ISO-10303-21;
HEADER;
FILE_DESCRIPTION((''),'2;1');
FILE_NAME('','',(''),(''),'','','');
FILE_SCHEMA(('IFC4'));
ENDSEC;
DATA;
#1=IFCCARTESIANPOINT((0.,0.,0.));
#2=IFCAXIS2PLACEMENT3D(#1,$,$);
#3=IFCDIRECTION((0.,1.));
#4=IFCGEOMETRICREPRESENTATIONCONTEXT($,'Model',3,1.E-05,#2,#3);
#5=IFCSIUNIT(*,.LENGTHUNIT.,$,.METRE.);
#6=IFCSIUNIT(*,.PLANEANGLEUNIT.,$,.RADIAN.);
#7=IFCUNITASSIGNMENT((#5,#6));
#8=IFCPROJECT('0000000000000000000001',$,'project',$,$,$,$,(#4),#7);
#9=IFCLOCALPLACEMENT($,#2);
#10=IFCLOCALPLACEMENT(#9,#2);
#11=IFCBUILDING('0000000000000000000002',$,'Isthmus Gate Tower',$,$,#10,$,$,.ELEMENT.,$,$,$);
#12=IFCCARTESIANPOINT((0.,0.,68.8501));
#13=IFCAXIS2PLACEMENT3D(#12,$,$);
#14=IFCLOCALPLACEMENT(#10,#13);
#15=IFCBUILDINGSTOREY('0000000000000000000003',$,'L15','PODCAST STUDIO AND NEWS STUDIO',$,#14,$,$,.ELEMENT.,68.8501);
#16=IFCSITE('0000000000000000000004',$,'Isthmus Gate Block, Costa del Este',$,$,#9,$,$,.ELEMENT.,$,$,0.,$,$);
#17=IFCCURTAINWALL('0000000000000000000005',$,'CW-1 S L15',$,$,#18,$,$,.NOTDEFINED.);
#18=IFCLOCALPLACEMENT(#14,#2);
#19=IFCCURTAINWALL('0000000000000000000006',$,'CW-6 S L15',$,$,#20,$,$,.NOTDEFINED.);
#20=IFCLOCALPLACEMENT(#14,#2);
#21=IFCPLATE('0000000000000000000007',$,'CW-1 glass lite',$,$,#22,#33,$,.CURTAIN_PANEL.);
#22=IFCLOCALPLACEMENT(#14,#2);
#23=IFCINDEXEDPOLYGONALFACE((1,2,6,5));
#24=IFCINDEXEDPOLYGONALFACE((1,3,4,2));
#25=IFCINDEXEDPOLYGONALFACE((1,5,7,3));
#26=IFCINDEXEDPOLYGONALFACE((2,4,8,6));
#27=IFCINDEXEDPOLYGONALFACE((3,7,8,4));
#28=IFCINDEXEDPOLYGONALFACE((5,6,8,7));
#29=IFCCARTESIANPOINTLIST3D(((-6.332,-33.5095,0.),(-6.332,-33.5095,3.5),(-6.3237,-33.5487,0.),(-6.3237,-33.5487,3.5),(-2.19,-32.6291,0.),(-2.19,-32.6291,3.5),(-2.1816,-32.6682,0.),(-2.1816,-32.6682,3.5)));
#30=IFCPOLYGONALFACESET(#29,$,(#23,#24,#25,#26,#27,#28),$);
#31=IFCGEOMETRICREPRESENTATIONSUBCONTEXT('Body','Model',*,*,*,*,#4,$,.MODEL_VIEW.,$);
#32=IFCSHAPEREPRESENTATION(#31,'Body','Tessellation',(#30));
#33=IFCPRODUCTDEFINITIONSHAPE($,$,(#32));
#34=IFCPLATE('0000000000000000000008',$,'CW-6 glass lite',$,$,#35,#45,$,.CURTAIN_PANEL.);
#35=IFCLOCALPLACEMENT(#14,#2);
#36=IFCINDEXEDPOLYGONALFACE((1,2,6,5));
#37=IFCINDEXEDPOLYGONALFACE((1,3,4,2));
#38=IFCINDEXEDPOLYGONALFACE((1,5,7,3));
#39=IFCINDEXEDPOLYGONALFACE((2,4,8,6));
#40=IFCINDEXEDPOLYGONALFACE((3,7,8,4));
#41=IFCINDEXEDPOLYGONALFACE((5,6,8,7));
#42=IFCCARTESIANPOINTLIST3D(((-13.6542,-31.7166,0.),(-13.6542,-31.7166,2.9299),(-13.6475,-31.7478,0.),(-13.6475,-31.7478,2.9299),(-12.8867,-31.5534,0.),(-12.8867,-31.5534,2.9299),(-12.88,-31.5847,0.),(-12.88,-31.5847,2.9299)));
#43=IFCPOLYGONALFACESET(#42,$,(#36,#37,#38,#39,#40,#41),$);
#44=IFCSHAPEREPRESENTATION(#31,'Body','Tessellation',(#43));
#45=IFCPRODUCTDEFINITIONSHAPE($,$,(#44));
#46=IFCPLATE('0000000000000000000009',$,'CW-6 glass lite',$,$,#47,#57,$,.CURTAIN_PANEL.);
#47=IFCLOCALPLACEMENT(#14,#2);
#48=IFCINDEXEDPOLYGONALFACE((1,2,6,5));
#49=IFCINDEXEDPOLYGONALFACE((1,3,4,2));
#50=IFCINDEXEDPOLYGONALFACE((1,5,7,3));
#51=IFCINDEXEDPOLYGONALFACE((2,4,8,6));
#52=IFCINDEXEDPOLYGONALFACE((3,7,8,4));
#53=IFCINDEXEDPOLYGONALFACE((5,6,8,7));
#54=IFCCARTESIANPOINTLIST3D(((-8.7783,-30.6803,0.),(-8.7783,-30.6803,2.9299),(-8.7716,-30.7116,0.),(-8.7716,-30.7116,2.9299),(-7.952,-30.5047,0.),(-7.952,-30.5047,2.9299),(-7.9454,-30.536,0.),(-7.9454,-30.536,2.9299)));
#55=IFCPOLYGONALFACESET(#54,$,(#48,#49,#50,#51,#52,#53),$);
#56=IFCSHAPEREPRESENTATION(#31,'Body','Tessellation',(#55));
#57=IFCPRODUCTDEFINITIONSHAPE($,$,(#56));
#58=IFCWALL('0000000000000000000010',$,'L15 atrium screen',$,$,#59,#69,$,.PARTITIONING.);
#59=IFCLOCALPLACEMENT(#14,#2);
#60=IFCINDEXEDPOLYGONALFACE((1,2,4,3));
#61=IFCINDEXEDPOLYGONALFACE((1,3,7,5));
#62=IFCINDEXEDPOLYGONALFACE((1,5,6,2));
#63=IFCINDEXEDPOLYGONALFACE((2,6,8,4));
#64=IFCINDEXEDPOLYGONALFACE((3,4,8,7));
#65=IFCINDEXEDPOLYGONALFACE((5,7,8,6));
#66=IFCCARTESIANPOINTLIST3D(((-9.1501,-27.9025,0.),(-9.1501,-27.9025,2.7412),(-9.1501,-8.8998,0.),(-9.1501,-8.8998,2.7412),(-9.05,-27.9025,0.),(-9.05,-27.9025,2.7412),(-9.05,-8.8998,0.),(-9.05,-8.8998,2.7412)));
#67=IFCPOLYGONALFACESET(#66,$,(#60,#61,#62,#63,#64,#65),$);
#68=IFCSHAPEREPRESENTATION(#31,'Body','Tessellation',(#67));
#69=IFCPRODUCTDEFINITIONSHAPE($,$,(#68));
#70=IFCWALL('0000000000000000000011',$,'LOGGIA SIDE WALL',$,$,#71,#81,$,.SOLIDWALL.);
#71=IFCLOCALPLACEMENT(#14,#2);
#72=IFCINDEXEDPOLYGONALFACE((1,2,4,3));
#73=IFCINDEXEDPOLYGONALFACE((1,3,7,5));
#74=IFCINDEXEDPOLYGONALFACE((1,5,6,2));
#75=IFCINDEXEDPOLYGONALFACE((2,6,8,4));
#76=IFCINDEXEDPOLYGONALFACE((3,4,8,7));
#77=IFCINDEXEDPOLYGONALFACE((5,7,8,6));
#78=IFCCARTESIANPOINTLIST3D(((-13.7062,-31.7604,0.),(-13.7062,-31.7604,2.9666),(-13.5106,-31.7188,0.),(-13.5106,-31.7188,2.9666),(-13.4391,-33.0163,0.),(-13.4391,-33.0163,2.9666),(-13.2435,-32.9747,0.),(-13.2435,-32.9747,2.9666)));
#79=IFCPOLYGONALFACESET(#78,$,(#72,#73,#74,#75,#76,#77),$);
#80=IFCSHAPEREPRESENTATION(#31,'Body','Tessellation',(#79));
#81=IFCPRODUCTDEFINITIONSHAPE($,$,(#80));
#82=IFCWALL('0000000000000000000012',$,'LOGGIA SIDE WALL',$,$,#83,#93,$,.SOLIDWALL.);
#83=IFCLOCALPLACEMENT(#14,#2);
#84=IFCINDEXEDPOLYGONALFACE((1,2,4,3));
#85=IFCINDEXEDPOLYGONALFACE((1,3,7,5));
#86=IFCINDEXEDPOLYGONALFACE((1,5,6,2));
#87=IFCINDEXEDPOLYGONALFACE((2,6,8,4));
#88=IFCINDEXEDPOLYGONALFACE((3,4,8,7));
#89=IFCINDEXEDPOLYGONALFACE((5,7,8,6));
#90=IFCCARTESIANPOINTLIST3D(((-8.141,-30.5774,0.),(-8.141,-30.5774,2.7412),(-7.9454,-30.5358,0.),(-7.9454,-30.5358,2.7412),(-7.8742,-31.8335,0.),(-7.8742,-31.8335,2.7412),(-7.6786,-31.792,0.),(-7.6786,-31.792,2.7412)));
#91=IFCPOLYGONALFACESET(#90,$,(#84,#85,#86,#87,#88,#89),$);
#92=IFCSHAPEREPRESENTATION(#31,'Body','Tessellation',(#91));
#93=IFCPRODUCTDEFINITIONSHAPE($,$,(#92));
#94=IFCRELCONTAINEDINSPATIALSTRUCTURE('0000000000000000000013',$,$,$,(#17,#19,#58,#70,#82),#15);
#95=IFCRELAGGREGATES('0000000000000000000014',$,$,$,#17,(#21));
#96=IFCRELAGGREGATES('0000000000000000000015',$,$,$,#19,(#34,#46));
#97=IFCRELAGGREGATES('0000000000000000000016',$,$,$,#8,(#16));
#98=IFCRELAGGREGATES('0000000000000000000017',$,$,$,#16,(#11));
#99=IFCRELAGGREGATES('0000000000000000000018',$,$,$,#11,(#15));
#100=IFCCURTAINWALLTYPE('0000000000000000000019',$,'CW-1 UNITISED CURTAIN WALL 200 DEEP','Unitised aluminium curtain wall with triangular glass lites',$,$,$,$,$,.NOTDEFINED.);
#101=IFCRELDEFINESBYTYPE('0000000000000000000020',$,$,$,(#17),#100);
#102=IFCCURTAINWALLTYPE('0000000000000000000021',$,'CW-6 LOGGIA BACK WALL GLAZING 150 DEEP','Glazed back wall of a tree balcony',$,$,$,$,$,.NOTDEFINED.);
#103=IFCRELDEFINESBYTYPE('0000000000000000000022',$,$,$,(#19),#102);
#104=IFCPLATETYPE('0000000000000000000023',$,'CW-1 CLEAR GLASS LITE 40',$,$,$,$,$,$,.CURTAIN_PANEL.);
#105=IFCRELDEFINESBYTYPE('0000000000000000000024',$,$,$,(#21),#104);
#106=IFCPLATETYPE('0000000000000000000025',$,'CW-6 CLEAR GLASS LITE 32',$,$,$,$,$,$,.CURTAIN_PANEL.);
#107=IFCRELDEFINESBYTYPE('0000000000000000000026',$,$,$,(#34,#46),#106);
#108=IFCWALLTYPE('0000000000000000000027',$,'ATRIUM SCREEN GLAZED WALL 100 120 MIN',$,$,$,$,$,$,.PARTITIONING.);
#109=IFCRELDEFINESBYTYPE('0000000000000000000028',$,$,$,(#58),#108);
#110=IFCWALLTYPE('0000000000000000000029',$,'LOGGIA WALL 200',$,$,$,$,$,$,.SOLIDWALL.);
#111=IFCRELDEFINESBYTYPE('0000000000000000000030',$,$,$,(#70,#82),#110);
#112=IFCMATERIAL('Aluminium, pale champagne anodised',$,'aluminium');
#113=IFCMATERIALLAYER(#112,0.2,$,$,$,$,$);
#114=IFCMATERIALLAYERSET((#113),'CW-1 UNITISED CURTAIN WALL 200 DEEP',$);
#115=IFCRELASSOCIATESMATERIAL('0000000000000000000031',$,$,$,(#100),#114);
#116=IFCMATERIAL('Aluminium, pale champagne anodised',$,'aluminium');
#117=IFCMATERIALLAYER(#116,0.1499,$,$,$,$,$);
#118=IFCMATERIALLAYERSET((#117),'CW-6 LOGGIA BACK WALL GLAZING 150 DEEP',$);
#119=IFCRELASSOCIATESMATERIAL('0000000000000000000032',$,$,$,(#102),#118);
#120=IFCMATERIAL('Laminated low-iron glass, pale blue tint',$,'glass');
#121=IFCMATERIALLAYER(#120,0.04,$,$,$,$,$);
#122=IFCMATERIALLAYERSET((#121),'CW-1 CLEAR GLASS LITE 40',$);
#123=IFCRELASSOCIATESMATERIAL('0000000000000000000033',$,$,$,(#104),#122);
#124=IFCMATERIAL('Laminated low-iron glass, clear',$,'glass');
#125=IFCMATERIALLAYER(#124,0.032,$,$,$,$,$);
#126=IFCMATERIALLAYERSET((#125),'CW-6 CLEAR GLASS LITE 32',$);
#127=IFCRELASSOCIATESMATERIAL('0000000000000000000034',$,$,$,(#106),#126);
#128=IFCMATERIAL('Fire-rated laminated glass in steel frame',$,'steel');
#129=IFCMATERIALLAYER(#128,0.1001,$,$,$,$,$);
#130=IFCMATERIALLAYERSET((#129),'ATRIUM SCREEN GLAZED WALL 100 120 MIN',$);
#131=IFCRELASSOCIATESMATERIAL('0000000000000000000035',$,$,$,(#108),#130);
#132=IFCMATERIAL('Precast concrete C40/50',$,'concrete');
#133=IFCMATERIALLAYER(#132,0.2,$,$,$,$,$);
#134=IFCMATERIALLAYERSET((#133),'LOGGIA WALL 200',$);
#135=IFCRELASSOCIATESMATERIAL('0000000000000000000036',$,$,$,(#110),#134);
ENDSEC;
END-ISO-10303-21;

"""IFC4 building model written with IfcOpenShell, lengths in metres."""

from ifc_helpers import new_model, si_unit, direction, frame, frame_2d, origin, origin_2d, place, context, subcontext, project, spatial, rectangle, extrude, material, layer, layer_set, type_object, element, aggregate, save


model = new_model("IFC4")

# Units and contexts
model_context = context("Model", 3, precision=1e-05, world=origin(), true_north=direction((0.0, 1.0)))
body_context = subcontext(model_context, "Body", "Model", "MODEL_VIEW")
ifc_project = project(units=[si_unit("LENGTHUNIT", "METRE"), si_unit("PLANEANGLEUNIT", "RADIAN")], contexts=[model_context])

# Site, building, storey
site_placement = place(None, origin())
site = spatial("IfcSite", under=ifc_project, at=site_placement, Name="Isthmus Gate Block, Costa del Este", CompositionType="ELEMENT", RefElevation=0.0)
building_placement = place(site_placement, origin())
building = spatial("IfcBuilding", under=site, at=building_placement, Name="Isthmus Gate Tower", CompositionType="ELEMENT")
storey_placement = place(building_placement, frame((0.0, 0.0, 68.8501)))
storey = spatial("IfcBuildingStorey", under=building, at=storey_placement, Name="L15", Description="PODCAST STUDIO AND NEWS STUDIO", CompositionType="ELEMENT", Elevation=68.8501)

# Curtain walls
ifc_material_1 = material(Name="Aluminium, pale champagne anodised", Category="aluminium")
ifc_layer_1 = layer(ifc_material_1, 0.2)
ifc_layer_set_1 = layer_set([ifc_layer_1], Name="CW-1 UNITISED CURTAIN WALL 200 DEEP")
curtain_wall_type_1 = type_object("IfcCurtainWallType", Name="CW-1 UNITISED CURTAIN WALL 200 DEEP", Description="Unitised aluminium curtain wall with triangular glass lites", PredefinedType="NOTDEFINED", material=ifc_layer_set_1)
curtain_wall_1_placement = place(storey_placement, origin())
curtain_wall_1 = element("IfcCurtainWall", 1, at=curtain_wall_1_placement, inside=storey, type_object=curtain_wall_type_1, Name="CW-1 S L15", PredefinedType="NOTDEFINED")
ifc_material_2 = material(Name="Aluminium, pale champagne anodised", Category="aluminium")
ifc_layer_2 = layer(ifc_material_2, 0.1499)
ifc_layer_set_2 = layer_set([ifc_layer_2], Name="CW-6 LOGGIA BACK WALL GLAZING 150 DEEP")
curtain_wall_type_2 = type_object("IfcCurtainWallType", Name="CW-6 LOGGIA BACK WALL GLAZING 150 DEEP", Description="Glazed back wall of a tree balcony", PredefinedType="NOTDEFINED", material=ifc_layer_set_2)
curtain_wall_2_placement = place(storey_placement, origin())
curtain_wall_2 = element("IfcCurtainWall", 2, at=curtain_wall_2_placement, inside=storey, type_object=curtain_wall_type_2, Name="CW-6 S L15", PredefinedType="NOTDEFINED")

# Plates
ifc_material_3 = material(Name="Laminated low-iron glass, pale blue tint", Category="glass")
ifc_layer_3 = layer(ifc_material_3, 0.04)
ifc_layer_set_3 = layer_set([ifc_layer_3], Name="CW-1 CLEAR GLASS LITE 40")
plate_type_1 = type_object("IfcPlateType", Name="CW-1 CLEAR GLASS LITE 40", PredefinedType="CURTAIN_PANEL", material=ifc_layer_set_3)
plate_1_placement = place(storey_placement, frame((-4.2568, -33.0889, 0.0), z_axis=(0.0, 0.0, 1.0), x_axis=(0.978148, 0.207912, 0.0)))
plate_1 = element("IfcPlate", 3, at=plate_1_placement, type_object=plate_type_1, Name="CW-1 glass lite", PredefinedType="CURTAIN_PANEL", context=body_context, shape_type="SweptSolid", body=[
    extrude(rectangle(XDim=4.2346, YDim=0.04, at=origin_2d()), origin(), (0.0, 0.0, 1.0), 3.5),
])
aggregate(curtain_wall_1, [plate_1])
ifc_material_4 = material(Name="Laminated low-iron glass, clear", Category="glass")
ifc_layer_4 = layer(ifc_material_4, 0.032)
ifc_layer_set_4 = layer_set([ifc_layer_4], Name="CW-6 CLEAR GLASS LITE 32")
plate_type_2 = type_object("IfcPlateType", Name="CW-6 CLEAR GLASS LITE 32", PredefinedType="CURTAIN_PANEL", material=ifc_layer_set_4)
plate_2_placement = place(storey_placement, frame((-13.2671, -31.6506, 0.0), z_axis=(0.0, 0.0, 1.0), x_axis=(0.978148, 0.207912, 0.0)))
plate_2 = element("IfcPlate", 4, at=plate_2_placement, type_object=plate_type_2, Name="CW-6 glass lite", PredefinedType="CURTAIN_PANEL", context=body_context, shape_type="SweptSolid", body=[
    extrude(rectangle(XDim=0.7847, YDim=0.032, at=origin_2d()), origin(), (0.0, 0.0, 1.0), 2.9299),
])
plate_3_placement = place(storey_placement, frame((-8.3618, -30.6082, 0.0), z_axis=(0.0, 0.0, 1.0), x_axis=(0.978148, 0.207912, 0.0)))
plate_3 = element("IfcPlate", 5, at=plate_3_placement, type_object=plate_type_2, Name="CW-6 glass lite", PredefinedType="CURTAIN_PANEL", context=body_context, shape_type="SweptSolid", body=[
    extrude(rectangle(XDim=0.8447, YDim=0.032, at=origin_2d()), origin(), (0.0, 0.0, 1.0), 2.9299),
])
aggregate(curtain_wall_2, [plate_2, plate_3])

# Wall
ifc_material_5 = material(Name="Fire-rated laminated glass in steel frame", Category="steel")
ifc_layer_5 = layer(ifc_material_5, 0.1001)
ifc_layer_set_5 = layer_set([ifc_layer_5], Name="ATRIUM SCREEN GLAZED WALL 100 120 MIN")
wall_type_1 = type_object("IfcWallType", Name="ATRIUM SCREEN GLAZED WALL 100 120 MIN", PredefinedType="PARTITIONING", material=ifc_layer_set_5)
wall_1_placement = place(storey_placement, frame((-9.1001, -27.9026, 0.0), z_axis=(0.0, 0.0, 1.0), x_axis=(0.0, 1.0, 0.0)))
element("IfcWall", 6, at=wall_1_placement, inside=storey, type_object=wall_type_1, Name="L15 atrium screen", PredefinedType="PARTITIONING", context=body_context, shape_type="SweptSolid", body=[
    extrude(rectangle(XDim=19.0027, YDim=0.1001, at=frame_2d((9.5015, 0.0))), origin(), (0.0, 0.0, 1.0), 2.7412),
])

# Shared definitions
ifc_material_6 = material(Name="Precast concrete C40/50", Category="concrete")
ifc_layer_6 = layer(ifc_material_6, 0.2)
ifc_layer_set_6 = layer_set([ifc_layer_6], Name="LOGGIA WALL 200")
wall_type_2 = type_object("IfcWallType", Name="LOGGIA WALL 200", PredefinedType="SOLIDWALL", material=ifc_layer_set_6)

# Walls
wall_2_placement = place(storey_placement, frame((-13.3413, -32.9956, 0.0), z_axis=(0.0, 0.0, 1.0), x_axis=(-0.208022, 0.978124, 0.0)))
element("IfcWall", 7, at=wall_2_placement, inside=storey, type_object=wall_type_2, Name="LOGGIA SIDE WALL", PredefinedType="SOLIDWALL", context=body_context, shape_type="SweptSolid", body=[
    extrude(rectangle(XDim=1.2839, YDim=0.2, at=frame_2d((0.6421, 0.0))), origin(), (0.0, 0.0, 1.0), 2.9666),
])
wall_3_placement = place(storey_placement, frame((-7.7764, -31.8127, 0.0), z_axis=(0.0, 0.0, 1.0), x_axis=(-0.207802, 0.978171, 0.0)))
element("IfcWall", 8, at=wall_3_placement, inside=storey, type_object=wall_type_2, Name="LOGGIA SIDE WALL", PredefinedType="SOLIDWALL", context=body_context, shape_type="SweptSolid", body=[
    extrude(rectangle(XDim=1.2842, YDim=0.2, at=frame_2d((0.6421, 0.0))), origin(), (0.0, 0.0, 1.0), 2.7412),
])

save(model, "model.ifc")
